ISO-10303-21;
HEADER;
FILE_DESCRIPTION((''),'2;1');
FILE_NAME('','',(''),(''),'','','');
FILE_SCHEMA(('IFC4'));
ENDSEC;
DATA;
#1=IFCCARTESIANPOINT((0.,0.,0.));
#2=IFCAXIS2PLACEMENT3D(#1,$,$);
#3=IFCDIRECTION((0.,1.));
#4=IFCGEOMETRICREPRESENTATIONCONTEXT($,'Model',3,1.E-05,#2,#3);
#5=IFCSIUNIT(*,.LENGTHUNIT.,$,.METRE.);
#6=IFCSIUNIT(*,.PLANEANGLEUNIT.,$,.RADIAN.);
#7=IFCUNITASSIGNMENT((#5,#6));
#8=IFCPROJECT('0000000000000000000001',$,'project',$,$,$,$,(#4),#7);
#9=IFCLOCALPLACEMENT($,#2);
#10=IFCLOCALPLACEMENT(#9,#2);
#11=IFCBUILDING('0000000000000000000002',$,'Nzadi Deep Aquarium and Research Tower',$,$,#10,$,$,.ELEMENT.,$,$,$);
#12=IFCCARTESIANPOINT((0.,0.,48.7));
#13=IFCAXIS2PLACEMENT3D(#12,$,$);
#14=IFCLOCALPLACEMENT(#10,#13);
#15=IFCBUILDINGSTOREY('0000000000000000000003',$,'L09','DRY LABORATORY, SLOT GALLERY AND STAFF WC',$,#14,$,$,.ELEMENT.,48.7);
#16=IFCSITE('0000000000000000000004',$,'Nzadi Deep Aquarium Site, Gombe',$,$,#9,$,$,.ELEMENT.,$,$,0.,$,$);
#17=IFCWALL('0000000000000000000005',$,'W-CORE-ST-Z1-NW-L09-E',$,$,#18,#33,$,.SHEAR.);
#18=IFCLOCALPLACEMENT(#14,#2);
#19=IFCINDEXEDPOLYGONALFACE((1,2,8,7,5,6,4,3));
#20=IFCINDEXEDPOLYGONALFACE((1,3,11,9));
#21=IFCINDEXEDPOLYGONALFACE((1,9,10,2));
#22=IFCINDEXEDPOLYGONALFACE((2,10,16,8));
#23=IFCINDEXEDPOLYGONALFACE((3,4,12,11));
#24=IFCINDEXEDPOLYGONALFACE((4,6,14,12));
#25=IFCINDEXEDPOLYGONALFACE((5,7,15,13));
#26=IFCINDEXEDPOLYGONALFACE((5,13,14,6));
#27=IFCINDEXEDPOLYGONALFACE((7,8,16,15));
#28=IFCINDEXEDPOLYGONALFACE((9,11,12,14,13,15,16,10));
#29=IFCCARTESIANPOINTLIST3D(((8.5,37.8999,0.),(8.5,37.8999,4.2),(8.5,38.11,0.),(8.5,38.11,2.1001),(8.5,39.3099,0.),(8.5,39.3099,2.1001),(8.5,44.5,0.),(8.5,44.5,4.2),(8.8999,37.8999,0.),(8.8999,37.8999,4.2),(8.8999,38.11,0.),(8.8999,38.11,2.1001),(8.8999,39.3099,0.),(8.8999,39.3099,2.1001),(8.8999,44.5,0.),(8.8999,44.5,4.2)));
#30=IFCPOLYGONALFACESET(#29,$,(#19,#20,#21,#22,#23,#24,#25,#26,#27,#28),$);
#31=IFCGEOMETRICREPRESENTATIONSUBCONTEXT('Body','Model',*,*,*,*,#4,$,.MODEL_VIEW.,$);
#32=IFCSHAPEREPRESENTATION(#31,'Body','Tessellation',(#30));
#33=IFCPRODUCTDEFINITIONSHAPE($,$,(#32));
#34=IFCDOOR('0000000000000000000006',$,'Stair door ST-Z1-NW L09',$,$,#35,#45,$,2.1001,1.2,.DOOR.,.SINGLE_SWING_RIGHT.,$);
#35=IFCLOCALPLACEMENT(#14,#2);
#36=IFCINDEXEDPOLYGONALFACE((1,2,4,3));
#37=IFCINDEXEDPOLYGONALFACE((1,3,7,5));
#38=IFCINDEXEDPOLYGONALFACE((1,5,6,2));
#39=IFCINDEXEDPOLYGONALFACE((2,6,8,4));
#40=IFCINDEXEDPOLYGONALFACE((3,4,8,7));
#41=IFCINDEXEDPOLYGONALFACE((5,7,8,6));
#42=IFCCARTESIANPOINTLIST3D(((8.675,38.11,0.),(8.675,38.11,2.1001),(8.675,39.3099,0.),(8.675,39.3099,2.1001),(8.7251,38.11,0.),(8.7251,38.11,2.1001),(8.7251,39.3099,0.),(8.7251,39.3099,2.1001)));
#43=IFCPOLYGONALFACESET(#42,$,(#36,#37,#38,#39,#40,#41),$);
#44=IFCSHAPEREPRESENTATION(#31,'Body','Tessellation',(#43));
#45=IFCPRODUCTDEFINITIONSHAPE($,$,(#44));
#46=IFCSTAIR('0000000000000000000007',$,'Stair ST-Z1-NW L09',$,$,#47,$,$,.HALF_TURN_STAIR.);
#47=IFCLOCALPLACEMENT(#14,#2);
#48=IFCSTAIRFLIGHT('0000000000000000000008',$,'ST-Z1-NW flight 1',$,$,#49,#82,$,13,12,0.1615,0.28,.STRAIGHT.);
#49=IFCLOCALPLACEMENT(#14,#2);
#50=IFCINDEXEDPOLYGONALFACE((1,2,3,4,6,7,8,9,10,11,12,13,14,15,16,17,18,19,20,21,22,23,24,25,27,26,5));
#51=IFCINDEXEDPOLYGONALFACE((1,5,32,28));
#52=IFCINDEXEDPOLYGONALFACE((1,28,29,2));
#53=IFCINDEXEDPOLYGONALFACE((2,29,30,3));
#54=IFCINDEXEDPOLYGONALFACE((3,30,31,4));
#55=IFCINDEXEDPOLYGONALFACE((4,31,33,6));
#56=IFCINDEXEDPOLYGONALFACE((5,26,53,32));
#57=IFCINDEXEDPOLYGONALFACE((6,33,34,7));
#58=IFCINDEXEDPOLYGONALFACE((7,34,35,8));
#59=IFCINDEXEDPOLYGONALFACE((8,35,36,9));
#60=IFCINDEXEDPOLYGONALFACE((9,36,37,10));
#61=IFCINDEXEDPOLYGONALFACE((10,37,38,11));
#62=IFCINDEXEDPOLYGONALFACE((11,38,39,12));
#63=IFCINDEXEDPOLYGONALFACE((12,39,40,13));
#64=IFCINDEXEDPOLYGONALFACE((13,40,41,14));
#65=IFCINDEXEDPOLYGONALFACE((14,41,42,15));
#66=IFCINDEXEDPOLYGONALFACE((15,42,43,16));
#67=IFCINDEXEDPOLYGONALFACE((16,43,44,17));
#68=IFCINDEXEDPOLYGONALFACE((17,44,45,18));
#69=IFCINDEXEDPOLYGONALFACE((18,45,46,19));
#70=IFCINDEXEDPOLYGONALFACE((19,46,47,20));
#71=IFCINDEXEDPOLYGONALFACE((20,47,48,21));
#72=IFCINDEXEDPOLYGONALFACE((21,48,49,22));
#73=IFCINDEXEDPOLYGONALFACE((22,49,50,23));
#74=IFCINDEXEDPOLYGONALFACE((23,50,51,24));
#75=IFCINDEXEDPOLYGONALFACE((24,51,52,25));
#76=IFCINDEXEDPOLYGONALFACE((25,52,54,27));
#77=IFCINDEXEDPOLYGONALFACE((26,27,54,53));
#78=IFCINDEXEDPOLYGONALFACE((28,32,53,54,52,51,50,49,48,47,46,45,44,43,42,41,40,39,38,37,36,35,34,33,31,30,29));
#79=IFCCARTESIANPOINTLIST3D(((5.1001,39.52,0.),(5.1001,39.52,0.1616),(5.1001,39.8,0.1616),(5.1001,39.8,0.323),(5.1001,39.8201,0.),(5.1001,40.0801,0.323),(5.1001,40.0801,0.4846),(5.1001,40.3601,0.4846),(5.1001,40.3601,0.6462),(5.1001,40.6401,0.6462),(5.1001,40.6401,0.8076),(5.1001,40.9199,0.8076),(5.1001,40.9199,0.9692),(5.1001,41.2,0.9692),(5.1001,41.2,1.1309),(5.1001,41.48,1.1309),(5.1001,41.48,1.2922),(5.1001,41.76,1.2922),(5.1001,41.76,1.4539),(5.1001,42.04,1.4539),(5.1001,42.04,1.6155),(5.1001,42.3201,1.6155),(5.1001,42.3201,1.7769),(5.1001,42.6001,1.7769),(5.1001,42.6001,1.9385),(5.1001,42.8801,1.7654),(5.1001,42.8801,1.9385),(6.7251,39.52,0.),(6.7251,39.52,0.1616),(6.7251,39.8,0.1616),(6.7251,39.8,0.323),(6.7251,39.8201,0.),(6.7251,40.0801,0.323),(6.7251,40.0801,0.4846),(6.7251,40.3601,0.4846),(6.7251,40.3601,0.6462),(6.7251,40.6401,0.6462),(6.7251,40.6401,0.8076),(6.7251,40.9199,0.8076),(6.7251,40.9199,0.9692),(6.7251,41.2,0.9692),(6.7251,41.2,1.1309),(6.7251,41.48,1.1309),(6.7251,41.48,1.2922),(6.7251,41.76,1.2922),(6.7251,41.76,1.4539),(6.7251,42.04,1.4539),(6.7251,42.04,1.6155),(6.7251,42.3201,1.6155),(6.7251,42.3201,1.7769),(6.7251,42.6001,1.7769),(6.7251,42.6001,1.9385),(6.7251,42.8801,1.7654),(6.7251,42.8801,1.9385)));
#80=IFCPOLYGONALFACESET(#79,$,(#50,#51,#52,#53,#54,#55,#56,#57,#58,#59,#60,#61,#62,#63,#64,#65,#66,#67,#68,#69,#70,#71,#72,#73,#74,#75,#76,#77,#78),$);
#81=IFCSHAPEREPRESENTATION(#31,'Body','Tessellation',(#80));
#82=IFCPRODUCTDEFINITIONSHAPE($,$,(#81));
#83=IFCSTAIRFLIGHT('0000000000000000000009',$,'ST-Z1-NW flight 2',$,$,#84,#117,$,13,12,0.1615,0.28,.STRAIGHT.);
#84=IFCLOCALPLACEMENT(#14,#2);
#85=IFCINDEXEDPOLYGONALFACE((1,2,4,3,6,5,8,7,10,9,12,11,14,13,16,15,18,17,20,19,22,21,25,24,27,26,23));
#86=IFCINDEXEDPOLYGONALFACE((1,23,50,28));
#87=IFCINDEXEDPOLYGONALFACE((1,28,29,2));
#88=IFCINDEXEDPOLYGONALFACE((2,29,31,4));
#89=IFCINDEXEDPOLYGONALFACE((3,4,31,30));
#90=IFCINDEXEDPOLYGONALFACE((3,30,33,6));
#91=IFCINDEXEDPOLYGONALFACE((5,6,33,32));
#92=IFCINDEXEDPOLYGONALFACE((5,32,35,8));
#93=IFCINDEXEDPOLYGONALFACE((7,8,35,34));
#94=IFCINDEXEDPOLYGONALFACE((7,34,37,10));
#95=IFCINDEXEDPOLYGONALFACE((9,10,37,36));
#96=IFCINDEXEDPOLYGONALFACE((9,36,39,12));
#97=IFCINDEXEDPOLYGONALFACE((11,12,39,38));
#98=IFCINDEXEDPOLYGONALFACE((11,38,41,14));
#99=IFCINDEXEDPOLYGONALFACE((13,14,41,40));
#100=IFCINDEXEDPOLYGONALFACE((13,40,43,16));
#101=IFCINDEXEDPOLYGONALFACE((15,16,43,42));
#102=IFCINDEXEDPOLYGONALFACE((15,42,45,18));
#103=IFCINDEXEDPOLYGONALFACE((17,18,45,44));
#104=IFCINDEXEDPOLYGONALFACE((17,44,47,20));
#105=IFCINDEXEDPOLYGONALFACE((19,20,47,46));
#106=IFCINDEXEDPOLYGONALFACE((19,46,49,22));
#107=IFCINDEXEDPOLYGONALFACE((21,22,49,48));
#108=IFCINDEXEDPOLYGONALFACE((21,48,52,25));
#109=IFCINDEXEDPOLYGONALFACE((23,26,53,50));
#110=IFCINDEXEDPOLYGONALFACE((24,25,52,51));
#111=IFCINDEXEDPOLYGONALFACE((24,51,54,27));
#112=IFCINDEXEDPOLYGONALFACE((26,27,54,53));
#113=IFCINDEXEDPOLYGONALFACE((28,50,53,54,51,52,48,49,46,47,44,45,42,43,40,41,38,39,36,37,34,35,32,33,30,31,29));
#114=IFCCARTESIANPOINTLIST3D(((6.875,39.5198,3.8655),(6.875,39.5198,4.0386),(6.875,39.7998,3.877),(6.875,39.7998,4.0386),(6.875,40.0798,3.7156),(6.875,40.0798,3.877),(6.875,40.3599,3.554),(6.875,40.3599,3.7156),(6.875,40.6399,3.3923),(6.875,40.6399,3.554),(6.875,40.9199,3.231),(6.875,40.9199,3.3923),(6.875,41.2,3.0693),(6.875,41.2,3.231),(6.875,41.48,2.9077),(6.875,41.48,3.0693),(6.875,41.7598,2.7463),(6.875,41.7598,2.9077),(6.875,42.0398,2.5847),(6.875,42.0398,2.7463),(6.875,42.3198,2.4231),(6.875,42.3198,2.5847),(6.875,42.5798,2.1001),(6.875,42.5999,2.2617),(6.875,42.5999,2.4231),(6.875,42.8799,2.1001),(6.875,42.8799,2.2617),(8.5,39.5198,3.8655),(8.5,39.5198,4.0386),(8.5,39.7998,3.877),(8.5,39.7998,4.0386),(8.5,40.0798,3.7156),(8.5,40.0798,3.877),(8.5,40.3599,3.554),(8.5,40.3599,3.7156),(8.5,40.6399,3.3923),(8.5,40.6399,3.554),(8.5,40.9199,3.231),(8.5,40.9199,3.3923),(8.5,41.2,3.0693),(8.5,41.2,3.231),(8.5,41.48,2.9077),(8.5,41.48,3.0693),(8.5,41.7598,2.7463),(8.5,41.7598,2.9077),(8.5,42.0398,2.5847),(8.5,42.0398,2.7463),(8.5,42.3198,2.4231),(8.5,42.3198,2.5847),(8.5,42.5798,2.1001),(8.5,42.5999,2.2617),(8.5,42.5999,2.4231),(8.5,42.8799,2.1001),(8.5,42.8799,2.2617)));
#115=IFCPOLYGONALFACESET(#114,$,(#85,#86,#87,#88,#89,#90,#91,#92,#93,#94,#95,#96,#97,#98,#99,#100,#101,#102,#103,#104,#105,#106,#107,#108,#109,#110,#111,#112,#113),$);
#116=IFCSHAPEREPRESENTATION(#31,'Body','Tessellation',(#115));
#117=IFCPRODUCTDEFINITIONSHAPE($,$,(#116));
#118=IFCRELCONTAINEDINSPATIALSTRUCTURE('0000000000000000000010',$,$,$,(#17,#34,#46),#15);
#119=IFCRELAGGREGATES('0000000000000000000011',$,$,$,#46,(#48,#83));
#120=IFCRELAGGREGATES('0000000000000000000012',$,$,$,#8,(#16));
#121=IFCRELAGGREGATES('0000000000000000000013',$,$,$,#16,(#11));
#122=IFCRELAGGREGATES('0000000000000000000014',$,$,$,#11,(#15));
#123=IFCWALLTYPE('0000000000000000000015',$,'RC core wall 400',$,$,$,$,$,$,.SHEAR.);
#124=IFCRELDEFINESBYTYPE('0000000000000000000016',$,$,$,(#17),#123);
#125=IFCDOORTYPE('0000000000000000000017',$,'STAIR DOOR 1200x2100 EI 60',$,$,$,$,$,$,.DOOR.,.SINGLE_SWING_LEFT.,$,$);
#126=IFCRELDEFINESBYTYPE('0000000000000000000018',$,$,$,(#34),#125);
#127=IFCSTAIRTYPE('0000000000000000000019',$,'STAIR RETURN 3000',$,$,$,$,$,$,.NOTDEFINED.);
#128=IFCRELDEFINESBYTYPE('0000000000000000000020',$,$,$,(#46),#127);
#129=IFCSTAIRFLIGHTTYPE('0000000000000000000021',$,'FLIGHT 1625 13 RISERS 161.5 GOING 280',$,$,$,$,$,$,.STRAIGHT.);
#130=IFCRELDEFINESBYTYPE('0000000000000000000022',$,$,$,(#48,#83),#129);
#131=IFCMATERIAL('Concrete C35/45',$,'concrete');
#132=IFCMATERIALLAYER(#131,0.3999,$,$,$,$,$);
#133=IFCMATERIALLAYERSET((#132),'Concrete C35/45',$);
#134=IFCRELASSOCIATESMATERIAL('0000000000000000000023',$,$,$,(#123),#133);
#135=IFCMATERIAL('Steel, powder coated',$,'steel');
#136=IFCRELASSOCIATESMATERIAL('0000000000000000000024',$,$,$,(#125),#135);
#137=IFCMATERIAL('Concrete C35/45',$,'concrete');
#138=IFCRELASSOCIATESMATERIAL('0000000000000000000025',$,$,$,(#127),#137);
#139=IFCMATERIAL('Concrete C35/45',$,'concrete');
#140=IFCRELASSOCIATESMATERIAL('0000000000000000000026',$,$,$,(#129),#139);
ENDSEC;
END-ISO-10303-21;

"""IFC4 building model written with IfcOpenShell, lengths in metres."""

from ifc_helpers import new_model, si_unit, direction, frame, frame_2d, origin, place, context, subcontext, project, spatial, polyline, rectangle, outline, extrude, material, layer, layer_set, type_object, element, fill, aggregate, save


model = new_model("IFC4")

# Units and contexts
model_context = context("Model", 3, precision=1e-05, world=origin(), true_north=direction((0.0, 1.0)))
body_context = subcontext(model_context, "Body", "Model", "MODEL_VIEW")
ifc_project = project(units=[si_unit("LENGTHUNIT", "METRE"), si_unit("PLANEANGLEUNIT", "RADIAN")], contexts=[model_context])

# Site, building, storey
site_placement = place(None, origin())
site = spatial("IfcSite", under=ifc_project, at=site_placement, Name="Nzadi Deep Aquarium Site, Gombe", CompositionType="ELEMENT", RefElevation=0.0)
building_placement = place(site_placement, origin())
building = spatial("IfcBuilding", under=site, at=building_placement, Name="Nzadi Deep Aquarium and Research Tower", CompositionType="ELEMENT")
storey_placement = place(building_placement, frame((0.0, 0.0, 48.7)))
storey = spatial("IfcBuildingStorey", under=building, at=storey_placement, Name="L09", Description="DRY LABORATORY, SLOT GALLERY AND STAFF WC", CompositionType="ELEMENT", Elevation=48.7)

# Shared definitions
ifc_material_1 = material(Name="Concrete C35/45", Category="concrete")
ifc_layer_1 = layer(ifc_material_1, 0.3999)
ifc_layer_set_1 = layer_set([ifc_layer_1], Name="Concrete C35/45")
wall_type_1 = type_object("IfcWallType", Name="RC core wall 400", PredefinedType="SHEAR", material=ifc_layer_set_1)

# Wall, opening, door
wall_1_placement = place(storey_placement, frame((8.7, 37.8999, 0.0), z_axis=(0.0, 0.0, 1.0), x_axis=(0.0, 1.0, 0.0)))
wall_1 = element("IfcWall", 1, at=wall_1_placement, inside=storey, type_object=wall_type_1, Name="W-CORE-ST-Z1-NW-L09-E", PredefinedType="SHEAR", context=body_context, shape_type="SweptSolid", body=[
    extrude(rectangle(XDim=6.6001, YDim=0.3999, at=frame_2d((3.3, 0.0))), origin(), (0.0, 0.0, 1.0), 4.2),
])
opening_1_placement = place(wall_1_placement, frame((0.21, 0.0, 0.0)))
opening_1 = element("IfcOpeningElement", 2, at=opening_1_placement, cuts=wall_1, PredefinedType="OPENING", context=body_context, shape_type="SweptSolid", body=[
    extrude(rectangle(XDim=1.2, YDim=2.1001, at=frame_2d((0.6001, 1.05))), frame((0.0, 0.21, 0.0), z_axis=(0.0, -1.0, 0.0), x_axis=(1.0, 0.0, 0.0)), (0.0, 0.0, 1.0), 0.4199),
])
ifc_material_2 = material(Name="Steel, powder coated", Category="steel")
door_type = type_object("IfcDoorType", Name="STAIR DOOR 1200x2100 EI 60", OperationType="SINGLE_SWING_LEFT", PredefinedType="DOOR", material=ifc_material_2)
door_placement = place(opening_1_placement, origin())
door = element("IfcDoor", 3, at=door_placement, inside=storey, type_object=door_type, Name="Stair door ST-Z1-NW L09", OperationType="SINGLE_SWING_RIGHT", OverallHeight=2.1001, OverallWidth=1.2, PredefinedType="DOOR", context=body_context, shape_type="SweptSolid", body=[
    extrude(rectangle(XDim=1.2, YDim=2.1001, at=frame_2d((0.6001, 1.05))), frame((0.0, 0.0249, 0.0), z_axis=(0.0, -1.0, 0.0), x_axis=(1.0, 0.0, 0.0)), (0.0, 0.0, 1.0), 0.05),
])
fill(opening_1, door)

# Stair, stair flights
ifc_material_3 = material(Name="Concrete C35/45", Category="concrete")
stair_type = type_object("IfcStairType", Name="STAIR RETURN 3000", PredefinedType="NOTDEFINED", material=ifc_material_3)
stair_placement = place(storey_placement, origin())
stair = element("IfcStair", 4, at=stair_placement, inside=storey, type_object=stair_type, Name="Stair ST-Z1-NW L09", PredefinedType="HALF_TURN_STAIR")
ifc_material_4 = material(Name="Concrete C35/45", Category="concrete")
stair_flight_type = type_object("IfcStairFlightType", Name="FLIGHT 1625 13 RISERS 161.5 GOING 280", PredefinedType="STRAIGHT", material=ifc_material_4)
stair_flight_1_placement = place(storey_placement, frame((5.9126, 39.52, 0.0), z_axis=(0.0, 0.0, 1.0), x_axis=(0.0, 1.0, 0.0)))
stair_flight_1 = element("IfcStairFlight", 5, at=stair_flight_1_placement, type_object=stair_flight_type, Name="ST-Z1-NW flight 1", NumberOfRisers=13, NumberOfTreads=12, PredefinedType="STRAIGHT", RiserHeight=0.1615, TreadLength=0.28, context=body_context, shape_type="SweptSolid", body=[
    extrude(outline(polyline([(0.0, 0.0), (0.0, 0.1616), (0.28, 0.1616), (0.28, 0.323), (0.5601, 0.323), (0.5601, 0.4846), (0.8401, 0.4846), (0.8401, 0.6462), (1.1201, 0.6462), (1.1201, 0.8076), (1.3999, 0.8076), (1.3999, 0.9692), (1.6799, 0.9692), (1.6799, 1.1309), (1.96, 1.1309), (1.96, 1.2922), (2.24, 1.2922), (2.24, 1.4539), (2.52, 1.4539), (2.52, 1.6155), (2.8, 1.6155), (2.8, 1.7769), (3.0801, 1.7769), (3.0801, 1.9385), (3.3601, 1.9385), (3.3601, 2.1001), (3.3601, 1.7654), (0.3, 0.0), (0.0, 0.0)])), frame((0.0, 0.8125, 0.0), z_axis=(0.0, -1.0, 0.0), x_axis=(1.0, 0.0, 0.0)), (0.0, 0.0, 1.0), 1.625),
])
stair_flight_2_placement = place(storey_placement, frame((7.6875, 42.8799, 2.1001), z_axis=(0.0, 0.0, 1.0), x_axis=(0.0, -1.0, 0.0)))
stair_flight_2 = element("IfcStairFlight", 6, at=stair_flight_2_placement, type_object=stair_flight_type, Name="ST-Z1-NW flight 2", NumberOfRisers=13, NumberOfTreads=12, PredefinedType="STRAIGHT", RiserHeight=0.1615, TreadLength=0.28, context=body_context, shape_type="SweptSolid", body=[
    extrude(outline(polyline([(0.0, 0.0), (0.0, 0.1616), (0.28, 0.1616), (0.28, 0.323), (0.5601, 0.323), (0.5601, 0.4846), (0.8401, 0.4846), (0.8401, 0.6462), (1.1201, 0.6462), (1.1201, 0.8076), (1.3999, 0.8076), (1.3999, 0.9692), (1.6799, 0.9692), (1.6799, 1.1309), (1.96, 1.1309), (1.96, 1.2922), (2.24, 1.2922), (2.24, 1.4539), (2.52, 1.4539), (2.52, 1.6155), (2.8, 1.6155), (2.8, 1.7769), (3.0801, 1.7769), (3.0801, 1.9385), (3.3601, 1.9385), (3.3601, 2.1001), (3.3601, 1.7654), (0.3, 0.0), (0.0, 0.0)])), frame((0.0, 0.8125, 0.0), z_axis=(0.0, -1.0, 0.0), x_axis=(1.0, 0.0, 0.0)), (0.0, 0.0, 1.0), 1.625),
])
aggregate(stair, [stair_flight_1, stair_flight_2])

save(model, "model.ifc")
